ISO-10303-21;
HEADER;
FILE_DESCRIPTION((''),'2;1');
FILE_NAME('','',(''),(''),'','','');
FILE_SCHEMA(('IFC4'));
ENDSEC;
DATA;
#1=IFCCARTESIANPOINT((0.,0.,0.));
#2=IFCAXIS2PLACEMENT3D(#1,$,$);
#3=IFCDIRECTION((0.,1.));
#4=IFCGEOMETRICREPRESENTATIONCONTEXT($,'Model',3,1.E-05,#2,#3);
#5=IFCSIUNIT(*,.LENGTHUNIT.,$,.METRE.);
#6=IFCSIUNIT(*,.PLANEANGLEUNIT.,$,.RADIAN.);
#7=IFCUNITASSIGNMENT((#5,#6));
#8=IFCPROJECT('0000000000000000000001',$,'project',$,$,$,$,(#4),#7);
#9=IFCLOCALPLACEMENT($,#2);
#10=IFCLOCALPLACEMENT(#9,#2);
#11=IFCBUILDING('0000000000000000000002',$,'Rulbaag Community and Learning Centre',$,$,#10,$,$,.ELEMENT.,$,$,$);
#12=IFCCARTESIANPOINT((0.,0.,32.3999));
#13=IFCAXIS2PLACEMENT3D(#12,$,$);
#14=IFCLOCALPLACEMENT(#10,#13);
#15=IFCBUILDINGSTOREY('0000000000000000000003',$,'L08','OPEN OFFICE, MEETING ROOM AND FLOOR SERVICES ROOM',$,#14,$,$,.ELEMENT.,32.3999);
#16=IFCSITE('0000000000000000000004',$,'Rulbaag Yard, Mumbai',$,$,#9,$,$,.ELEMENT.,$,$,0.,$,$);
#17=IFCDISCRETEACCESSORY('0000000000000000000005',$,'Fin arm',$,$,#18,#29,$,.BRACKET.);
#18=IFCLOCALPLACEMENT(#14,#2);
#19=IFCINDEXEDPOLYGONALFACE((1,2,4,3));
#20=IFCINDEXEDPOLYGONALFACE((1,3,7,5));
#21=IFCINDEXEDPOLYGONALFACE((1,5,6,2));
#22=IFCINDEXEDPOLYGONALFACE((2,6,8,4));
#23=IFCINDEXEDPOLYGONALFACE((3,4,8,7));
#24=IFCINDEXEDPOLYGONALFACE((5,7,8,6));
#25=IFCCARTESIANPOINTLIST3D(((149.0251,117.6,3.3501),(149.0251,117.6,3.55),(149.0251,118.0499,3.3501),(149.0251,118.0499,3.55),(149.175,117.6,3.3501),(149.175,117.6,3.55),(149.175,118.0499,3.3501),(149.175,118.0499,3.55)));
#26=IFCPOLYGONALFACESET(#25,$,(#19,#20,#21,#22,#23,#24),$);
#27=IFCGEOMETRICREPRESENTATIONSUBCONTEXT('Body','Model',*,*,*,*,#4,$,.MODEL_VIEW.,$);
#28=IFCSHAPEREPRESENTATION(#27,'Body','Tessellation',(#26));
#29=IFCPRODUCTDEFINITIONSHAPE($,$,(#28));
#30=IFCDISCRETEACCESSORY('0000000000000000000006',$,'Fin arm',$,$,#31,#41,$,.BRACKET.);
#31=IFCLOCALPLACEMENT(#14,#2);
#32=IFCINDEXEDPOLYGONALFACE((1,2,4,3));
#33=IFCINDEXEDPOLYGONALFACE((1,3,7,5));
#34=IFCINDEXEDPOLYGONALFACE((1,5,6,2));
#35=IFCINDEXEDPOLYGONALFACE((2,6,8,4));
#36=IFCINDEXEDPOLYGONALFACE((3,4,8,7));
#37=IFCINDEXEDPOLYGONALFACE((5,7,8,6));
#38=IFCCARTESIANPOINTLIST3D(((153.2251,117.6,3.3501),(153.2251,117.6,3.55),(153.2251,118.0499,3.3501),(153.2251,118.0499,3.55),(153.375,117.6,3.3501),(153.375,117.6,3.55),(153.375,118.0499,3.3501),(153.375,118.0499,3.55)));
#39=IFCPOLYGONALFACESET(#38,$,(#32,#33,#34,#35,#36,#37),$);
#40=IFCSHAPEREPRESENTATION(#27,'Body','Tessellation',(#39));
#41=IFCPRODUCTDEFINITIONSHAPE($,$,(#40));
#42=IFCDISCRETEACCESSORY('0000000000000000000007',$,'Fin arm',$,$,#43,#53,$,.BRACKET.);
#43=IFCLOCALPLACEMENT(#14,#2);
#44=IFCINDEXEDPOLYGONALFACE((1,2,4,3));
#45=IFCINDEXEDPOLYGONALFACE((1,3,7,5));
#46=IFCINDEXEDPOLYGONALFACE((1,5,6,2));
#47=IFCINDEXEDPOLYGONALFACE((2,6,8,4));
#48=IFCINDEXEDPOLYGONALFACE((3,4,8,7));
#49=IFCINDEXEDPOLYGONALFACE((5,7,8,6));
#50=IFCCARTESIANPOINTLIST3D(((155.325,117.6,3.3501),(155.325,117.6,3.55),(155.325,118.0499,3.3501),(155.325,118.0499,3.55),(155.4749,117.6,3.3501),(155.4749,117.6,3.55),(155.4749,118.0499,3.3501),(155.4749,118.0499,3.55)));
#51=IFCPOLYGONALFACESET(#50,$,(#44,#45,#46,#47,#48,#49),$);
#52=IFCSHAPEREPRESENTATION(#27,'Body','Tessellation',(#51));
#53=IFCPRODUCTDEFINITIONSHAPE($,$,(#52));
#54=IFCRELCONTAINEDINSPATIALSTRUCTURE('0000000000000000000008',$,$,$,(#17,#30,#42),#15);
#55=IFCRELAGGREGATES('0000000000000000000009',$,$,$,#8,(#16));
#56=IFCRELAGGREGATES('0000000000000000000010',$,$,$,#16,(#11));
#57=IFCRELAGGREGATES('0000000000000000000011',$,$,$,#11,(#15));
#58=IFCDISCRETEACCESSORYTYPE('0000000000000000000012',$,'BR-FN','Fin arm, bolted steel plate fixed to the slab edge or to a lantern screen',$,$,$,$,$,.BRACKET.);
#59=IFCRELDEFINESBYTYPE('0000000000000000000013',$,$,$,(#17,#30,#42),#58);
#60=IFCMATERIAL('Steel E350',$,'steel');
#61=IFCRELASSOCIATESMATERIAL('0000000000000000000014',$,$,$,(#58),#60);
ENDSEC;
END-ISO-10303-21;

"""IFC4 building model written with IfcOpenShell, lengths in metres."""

from ifc_helpers import new_model, si_unit, direction, frame, origin, origin_2d, place, context, subcontext, project, spatial, rectangle, extrude, material, type_object, element, save


model = new_model("IFC4")

# Units and contexts
model_context = context("Model", 3, precision=1e-05, world=origin(), true_north=direction((0.0, 1.0)))
body_context = subcontext(model_context, "Body", "Model", "MODEL_VIEW")
ifc_project = project(units=[si_unit("LENGTHUNIT", "METRE"), si_unit("PLANEANGLEUNIT", "RADIAN")], contexts=[model_context])

# Site, building, storey
site_placement = place(None, origin())
site = spatial("IfcSite", under=ifc_project, at=site_placement, Name="Rulbaag Yard, Mumbai", CompositionType="ELEMENT", RefElevation=0.0)
building_placement = place(site_placement, origin())
building = spatial("IfcBuilding", under=site, at=building_placement, Name="Rulbaag Community and Learning Centre", CompositionType="ELEMENT")
storey_placement = place(building_placement, frame((0.0, 0.0, 32.3999)))
storey = spatial("IfcBuildingStorey", under=building, at=storey_placement, Name="L08", Description="OPEN OFFICE, MEETING ROOM AND FLOOR SERVICES ROOM", CompositionType="ELEMENT", Elevation=32.3999)

# Discrete accessories
ifc_material_1 = material(Name="Steel E350", Category="steel")
discrete_accessory_type = type_object("IfcDiscreteAccessoryType", Name="BR-FN", Description="Fin arm, bolted steel plate fixed to the slab edge or to a lantern screen", PredefinedType="BRACKET", material=ifc_material_1)
for number, where, z_axis, x_axis, name in (
    (1, (149.1001, 117.825, 3.3501), (0.0, 0.0, 1.0), (1.0, 0.0, 0.0), "Fin arm"),
    (2, (153.3, 117.825, 3.3501), (0.0, 0.0, 1.0), (1.0, 0.0, 0.0), "Fin arm"),
    (3, (155.3999, 117.825, 3.3501), (0.0, 0.0, 1.0), (1.0, 0.0, 0.0), "Fin arm"),
):
    element("IfcDiscreteAccessory", number, at=place(storey_placement, frame(where, z_axis=z_axis, x_axis=x_axis)), inside=storey, type_object=discrete_accessory_type, Name=name, PredefinedType="BRACKET", context=body_context, shape_type="SweptSolid", body=[
        extrude(rectangle(XDim=0.1499, YDim=0.45, at=origin_2d()), origin(), (0.0, 0.0, 1.0), 0.2),
    ])

save(model, "model.ifc")
